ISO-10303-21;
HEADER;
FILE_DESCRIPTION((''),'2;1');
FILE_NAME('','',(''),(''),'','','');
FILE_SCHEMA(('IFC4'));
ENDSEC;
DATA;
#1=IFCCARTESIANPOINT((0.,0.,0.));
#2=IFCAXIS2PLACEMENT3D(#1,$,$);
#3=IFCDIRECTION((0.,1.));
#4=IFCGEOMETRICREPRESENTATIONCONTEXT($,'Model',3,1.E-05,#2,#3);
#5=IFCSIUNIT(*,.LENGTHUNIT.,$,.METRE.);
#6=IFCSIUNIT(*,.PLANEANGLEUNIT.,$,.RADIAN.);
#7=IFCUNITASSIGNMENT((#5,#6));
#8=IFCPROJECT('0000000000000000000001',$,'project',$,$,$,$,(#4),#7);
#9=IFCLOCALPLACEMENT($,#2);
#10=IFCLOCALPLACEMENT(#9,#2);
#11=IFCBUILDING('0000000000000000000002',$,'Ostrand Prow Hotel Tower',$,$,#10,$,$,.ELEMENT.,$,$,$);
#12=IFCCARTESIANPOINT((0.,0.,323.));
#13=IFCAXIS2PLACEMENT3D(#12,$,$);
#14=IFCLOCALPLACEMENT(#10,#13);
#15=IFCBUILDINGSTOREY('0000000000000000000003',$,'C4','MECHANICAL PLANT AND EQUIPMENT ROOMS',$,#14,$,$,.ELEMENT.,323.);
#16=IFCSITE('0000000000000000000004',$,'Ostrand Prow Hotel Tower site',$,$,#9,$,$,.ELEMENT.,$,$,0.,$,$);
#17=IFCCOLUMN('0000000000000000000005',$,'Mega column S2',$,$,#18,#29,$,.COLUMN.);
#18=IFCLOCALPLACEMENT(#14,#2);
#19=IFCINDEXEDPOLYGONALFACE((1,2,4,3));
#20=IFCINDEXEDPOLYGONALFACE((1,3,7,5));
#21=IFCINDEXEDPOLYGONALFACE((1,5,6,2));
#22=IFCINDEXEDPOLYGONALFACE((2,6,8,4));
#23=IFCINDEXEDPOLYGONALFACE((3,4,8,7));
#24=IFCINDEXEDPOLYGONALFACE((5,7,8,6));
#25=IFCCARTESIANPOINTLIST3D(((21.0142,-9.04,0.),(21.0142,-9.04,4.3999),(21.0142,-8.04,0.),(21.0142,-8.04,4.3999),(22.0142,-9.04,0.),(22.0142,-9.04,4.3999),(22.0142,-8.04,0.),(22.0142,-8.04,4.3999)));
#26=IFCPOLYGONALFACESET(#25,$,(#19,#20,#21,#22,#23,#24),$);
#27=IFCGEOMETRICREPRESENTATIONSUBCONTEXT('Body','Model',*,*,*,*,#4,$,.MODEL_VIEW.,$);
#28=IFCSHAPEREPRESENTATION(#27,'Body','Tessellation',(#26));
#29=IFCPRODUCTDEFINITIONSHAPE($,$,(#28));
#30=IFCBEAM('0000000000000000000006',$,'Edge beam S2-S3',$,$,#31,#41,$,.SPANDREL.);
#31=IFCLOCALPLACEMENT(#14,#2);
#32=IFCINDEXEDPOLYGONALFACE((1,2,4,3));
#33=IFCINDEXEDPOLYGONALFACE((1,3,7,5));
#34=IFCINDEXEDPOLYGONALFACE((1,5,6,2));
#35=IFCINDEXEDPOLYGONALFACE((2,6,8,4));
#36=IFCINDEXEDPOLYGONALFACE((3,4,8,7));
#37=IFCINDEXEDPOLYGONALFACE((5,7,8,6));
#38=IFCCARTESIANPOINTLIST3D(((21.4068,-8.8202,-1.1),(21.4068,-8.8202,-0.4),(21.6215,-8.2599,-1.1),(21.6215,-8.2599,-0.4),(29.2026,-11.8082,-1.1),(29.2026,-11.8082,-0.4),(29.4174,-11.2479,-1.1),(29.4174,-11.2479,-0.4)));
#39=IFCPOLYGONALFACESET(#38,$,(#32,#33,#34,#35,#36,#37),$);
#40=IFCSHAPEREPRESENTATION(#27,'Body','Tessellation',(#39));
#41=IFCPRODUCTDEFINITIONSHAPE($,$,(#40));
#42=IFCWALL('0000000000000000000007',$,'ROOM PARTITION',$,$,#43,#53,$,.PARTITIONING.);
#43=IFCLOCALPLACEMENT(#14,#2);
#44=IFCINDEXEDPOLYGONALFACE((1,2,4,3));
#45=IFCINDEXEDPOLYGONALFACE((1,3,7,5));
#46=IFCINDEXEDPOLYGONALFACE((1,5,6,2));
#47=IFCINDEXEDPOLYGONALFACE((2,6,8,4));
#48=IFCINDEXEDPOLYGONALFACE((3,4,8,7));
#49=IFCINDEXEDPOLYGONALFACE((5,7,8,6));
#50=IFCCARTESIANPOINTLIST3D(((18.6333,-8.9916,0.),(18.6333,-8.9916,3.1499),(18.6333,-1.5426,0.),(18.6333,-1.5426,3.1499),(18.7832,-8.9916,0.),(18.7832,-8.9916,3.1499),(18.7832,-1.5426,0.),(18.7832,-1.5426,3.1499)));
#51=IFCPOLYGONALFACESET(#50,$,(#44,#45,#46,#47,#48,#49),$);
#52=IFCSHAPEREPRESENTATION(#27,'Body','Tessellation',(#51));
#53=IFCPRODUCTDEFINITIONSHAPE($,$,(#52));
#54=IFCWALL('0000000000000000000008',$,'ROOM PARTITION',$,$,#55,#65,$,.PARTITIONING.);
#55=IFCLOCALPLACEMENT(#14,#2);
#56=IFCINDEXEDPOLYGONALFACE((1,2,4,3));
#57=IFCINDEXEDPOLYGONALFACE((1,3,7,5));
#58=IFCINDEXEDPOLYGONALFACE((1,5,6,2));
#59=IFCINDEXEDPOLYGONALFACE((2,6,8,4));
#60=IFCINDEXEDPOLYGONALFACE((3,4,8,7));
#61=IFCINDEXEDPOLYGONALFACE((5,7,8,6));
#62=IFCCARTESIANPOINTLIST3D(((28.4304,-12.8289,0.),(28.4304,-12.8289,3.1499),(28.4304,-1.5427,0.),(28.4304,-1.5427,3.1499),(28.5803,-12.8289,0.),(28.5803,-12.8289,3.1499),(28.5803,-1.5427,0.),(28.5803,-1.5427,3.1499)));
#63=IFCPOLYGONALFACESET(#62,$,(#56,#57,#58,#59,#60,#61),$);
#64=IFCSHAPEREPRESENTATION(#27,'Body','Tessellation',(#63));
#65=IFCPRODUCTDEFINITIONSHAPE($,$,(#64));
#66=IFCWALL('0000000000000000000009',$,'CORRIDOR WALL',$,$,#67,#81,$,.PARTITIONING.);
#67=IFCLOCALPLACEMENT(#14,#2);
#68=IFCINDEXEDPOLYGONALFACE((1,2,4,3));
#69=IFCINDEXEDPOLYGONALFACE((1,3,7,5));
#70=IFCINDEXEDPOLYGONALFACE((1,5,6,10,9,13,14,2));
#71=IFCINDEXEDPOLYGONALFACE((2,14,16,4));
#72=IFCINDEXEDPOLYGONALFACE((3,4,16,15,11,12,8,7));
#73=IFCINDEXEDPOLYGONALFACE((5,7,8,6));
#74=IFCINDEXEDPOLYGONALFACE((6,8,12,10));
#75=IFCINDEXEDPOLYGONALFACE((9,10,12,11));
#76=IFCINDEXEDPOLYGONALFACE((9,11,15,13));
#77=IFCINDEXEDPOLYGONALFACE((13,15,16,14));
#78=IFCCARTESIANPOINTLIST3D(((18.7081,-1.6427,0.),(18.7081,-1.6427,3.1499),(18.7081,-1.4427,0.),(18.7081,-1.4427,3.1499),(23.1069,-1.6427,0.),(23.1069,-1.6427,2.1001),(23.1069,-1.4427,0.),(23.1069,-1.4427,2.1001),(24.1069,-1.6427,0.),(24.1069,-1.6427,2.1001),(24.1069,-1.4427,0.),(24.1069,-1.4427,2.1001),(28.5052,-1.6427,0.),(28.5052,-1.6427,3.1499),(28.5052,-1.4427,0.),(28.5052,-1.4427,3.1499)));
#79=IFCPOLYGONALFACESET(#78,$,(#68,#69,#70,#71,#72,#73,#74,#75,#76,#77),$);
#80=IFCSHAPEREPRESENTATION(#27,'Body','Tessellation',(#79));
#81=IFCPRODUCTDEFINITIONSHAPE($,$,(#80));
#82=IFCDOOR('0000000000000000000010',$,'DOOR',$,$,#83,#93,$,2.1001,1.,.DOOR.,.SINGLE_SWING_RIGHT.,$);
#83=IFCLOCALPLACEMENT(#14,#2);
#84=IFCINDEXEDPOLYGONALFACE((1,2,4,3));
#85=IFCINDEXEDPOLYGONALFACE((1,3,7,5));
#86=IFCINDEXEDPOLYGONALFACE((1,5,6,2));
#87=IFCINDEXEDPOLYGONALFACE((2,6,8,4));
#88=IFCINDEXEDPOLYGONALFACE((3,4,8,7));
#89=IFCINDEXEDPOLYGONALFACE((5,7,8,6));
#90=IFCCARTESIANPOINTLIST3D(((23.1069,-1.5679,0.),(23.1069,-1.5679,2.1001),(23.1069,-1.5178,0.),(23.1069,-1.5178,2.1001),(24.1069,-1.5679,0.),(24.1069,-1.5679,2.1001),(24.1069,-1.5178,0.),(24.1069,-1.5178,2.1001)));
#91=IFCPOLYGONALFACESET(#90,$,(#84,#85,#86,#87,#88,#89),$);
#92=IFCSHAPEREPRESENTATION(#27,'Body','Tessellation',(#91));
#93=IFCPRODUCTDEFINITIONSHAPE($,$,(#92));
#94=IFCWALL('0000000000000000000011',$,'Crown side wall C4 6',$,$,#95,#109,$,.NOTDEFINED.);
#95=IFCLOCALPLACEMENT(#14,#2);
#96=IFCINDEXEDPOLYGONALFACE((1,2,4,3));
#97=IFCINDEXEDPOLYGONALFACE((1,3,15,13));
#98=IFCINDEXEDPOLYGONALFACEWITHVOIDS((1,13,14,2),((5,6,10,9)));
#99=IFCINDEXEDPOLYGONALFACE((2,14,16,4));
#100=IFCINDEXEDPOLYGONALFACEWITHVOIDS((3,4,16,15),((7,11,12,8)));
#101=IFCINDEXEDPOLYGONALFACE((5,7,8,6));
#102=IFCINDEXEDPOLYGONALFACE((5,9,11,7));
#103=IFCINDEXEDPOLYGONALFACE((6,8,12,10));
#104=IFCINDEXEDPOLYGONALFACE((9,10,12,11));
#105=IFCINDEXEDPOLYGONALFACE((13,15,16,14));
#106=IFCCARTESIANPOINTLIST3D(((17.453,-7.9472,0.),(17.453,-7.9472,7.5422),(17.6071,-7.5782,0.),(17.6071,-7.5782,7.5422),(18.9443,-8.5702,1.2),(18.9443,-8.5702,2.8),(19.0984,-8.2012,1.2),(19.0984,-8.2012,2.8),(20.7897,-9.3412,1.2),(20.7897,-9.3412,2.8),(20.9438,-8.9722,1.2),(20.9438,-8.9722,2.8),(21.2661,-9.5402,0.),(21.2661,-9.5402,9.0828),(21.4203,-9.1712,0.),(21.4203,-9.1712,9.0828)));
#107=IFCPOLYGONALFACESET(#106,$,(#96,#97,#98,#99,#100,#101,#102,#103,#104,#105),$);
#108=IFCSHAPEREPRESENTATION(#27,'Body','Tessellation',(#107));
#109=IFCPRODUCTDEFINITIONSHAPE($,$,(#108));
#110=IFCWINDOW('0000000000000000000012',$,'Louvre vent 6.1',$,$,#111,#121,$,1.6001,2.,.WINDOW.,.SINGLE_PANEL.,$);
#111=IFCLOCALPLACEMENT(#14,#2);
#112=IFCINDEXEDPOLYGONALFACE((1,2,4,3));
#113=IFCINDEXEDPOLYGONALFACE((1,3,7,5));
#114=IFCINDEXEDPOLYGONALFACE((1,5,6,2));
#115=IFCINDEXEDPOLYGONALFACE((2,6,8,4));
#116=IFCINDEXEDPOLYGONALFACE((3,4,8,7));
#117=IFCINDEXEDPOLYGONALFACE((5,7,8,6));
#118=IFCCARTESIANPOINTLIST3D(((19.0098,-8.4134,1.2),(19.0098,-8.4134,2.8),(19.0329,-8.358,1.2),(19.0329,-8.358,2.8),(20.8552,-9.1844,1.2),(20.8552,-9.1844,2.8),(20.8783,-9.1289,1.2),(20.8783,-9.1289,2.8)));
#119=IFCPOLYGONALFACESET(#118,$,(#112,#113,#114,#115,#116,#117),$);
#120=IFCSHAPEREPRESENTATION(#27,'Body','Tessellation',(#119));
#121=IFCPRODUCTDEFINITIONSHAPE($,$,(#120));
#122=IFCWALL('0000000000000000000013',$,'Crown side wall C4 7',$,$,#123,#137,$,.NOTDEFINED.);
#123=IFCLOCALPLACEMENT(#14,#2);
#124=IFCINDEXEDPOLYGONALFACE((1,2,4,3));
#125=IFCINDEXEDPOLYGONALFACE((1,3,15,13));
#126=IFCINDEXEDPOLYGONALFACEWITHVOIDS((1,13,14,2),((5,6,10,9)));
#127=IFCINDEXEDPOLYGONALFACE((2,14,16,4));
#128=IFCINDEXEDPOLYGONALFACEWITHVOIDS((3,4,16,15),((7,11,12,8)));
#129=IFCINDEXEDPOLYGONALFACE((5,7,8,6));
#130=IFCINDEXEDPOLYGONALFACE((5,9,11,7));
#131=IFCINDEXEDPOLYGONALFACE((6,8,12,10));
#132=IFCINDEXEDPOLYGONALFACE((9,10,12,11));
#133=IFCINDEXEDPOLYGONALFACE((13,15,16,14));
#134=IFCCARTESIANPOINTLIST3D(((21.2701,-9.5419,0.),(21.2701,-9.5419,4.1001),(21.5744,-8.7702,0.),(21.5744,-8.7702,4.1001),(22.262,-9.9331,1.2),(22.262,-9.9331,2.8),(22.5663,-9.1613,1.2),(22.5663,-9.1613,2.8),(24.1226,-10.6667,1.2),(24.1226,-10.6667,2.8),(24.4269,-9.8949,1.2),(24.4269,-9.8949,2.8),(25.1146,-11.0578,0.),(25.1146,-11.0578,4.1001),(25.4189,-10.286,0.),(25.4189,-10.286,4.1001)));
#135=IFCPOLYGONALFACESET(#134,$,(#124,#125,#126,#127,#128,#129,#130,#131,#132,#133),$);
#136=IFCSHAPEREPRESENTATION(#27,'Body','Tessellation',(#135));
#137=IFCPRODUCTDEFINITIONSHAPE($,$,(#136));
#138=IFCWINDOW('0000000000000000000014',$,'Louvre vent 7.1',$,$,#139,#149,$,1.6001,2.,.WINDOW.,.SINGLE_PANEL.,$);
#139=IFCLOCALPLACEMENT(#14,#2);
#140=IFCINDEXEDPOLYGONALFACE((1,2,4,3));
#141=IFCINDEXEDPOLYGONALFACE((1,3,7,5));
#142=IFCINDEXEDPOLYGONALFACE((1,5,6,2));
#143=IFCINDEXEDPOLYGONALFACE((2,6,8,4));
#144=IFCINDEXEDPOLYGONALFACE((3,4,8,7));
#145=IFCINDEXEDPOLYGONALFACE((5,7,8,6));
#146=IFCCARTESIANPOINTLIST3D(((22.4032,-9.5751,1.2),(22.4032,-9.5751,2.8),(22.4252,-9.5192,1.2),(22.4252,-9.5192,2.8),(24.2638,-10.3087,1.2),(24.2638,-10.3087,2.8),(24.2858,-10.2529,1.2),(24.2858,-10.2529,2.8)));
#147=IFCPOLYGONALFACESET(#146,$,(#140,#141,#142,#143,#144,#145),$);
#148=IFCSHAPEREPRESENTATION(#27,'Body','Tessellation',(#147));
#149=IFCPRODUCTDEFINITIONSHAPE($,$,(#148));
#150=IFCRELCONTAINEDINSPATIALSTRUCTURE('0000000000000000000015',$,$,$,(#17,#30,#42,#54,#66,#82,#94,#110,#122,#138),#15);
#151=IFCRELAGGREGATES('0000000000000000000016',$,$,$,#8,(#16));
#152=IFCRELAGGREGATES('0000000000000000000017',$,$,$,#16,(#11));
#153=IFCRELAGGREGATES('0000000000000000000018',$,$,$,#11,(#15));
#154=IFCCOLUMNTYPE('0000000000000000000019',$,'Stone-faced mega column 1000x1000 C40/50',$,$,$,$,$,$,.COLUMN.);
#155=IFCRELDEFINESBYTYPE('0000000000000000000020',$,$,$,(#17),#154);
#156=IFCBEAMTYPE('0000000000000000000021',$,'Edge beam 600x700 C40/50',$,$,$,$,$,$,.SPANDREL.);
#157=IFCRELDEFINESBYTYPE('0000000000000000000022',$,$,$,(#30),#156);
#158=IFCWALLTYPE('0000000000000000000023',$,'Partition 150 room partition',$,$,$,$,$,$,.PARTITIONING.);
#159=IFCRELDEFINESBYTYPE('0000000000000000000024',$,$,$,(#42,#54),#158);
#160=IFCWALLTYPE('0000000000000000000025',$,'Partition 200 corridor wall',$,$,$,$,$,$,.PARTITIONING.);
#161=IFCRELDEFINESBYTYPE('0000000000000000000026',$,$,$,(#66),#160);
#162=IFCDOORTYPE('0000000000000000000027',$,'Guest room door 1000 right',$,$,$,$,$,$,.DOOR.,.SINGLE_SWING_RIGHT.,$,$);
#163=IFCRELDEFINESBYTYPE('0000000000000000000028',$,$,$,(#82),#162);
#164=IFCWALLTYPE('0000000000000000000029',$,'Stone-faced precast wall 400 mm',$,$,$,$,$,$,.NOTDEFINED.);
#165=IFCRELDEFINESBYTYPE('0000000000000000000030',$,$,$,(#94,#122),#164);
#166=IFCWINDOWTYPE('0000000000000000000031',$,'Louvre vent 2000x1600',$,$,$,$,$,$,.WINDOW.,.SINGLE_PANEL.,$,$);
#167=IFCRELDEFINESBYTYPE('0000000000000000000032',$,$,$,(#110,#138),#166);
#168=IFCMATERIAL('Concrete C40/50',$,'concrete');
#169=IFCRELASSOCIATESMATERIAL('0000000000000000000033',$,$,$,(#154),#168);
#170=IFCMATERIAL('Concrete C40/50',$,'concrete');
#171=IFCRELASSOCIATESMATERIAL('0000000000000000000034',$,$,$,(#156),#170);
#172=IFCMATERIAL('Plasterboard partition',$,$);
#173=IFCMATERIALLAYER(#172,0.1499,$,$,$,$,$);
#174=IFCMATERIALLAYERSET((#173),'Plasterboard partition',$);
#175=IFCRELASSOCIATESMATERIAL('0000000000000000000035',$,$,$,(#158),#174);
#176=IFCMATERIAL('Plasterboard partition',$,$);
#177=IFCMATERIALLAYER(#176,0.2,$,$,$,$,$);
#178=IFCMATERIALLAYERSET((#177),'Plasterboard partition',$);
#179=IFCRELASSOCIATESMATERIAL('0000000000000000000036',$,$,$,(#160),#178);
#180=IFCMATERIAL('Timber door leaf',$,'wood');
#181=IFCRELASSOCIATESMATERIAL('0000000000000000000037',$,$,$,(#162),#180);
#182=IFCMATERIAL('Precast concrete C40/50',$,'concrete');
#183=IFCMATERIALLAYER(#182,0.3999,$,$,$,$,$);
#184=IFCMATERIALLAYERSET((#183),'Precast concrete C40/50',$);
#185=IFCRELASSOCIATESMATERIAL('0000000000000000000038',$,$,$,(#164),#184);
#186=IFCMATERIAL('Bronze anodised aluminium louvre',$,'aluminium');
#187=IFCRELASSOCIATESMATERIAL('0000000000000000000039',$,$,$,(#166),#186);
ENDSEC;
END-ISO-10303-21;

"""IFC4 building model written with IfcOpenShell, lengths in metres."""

from ifc_helpers import new_model, si_unit, direction, frame, frame_2d, origin, origin_2d, place, context, subcontext, project, spatial, polyline, rectangle, outline, extrude, material, layer, layer_set, material_profile, profile_set, type_object, element, fill, save


model = new_model("IFC4")

# Units and contexts
model_context = context("Model", 3, precision=1e-05, world=origin(), true_north=direction((0.0, 1.0)))
body_context = subcontext(model_context, "Body", "Model", "MODEL_VIEW")
ifc_project = project(units=[si_unit("LENGTHUNIT", "METRE"), si_unit("PLANEANGLEUNIT", "RADIAN")], contexts=[model_context])

# Site, building, storey
site_placement = place(None, origin())
site = spatial("IfcSite", under=ifc_project, at=site_placement, Name="Ostrand Prow Hotel Tower site", CompositionType="ELEMENT", RefElevation=0.0)
building_placement = place(site_placement, origin())
building = spatial("IfcBuilding", under=site, at=building_placement, Name="Ostrand Prow Hotel Tower", CompositionType="ELEMENT")
storey_placement = place(building_placement, frame((0.0, 0.0, 323.0)))
storey = spatial("IfcBuildingStorey", under=building, at=storey_placement, Name="C4", Description="MECHANICAL PLANT AND EQUIPMENT ROOMS", CompositionType="ELEMENT", Elevation=323.0)

# Column
ifc_material_1 = material(Name="Concrete C40/50", Category="concrete")
ifc_material_profile_1 = material_profile(ifc_material_1, rectangle(XDim=1.0, YDim=1.0, at=origin_2d()), Name="RC 1000x1000")
ifc_profile_set_1 = profile_set([ifc_material_profile_1], Name="Concrete C40/50")
column_type = type_object("IfcColumnType", Name="Stone-faced mega column 1000x1000 C40/50", PredefinedType="COLUMN", material=ifc_profile_set_1)
column_placement = place(storey_placement, frame((21.5142, -8.54, 0.0), z_axis=(0.0, 0.0, 1.0), x_axis=(1.0, 0.0, 0.0)))
element("IfcColumn", 1, at=column_placement, inside=storey, type_object=column_type, Name="Mega column S2", PredefinedType="COLUMN", context=body_context, shape_type="SweptSolid", body=[
    extrude(rectangle(XDim=1.0, YDim=1.0, at=origin_2d()), origin(), (0.0, 0.0, 1.0), 4.3999),
])

# Beam
ifc_material_2 = material(Name="Concrete C40/50", Category="concrete")
ifc_material_profile_2 = material_profile(ifc_material_2, rectangle(XDim=0.6001, YDim=0.7, at=origin_2d()), Name="RC 600x700")
ifc_profile_set_2 = profile_set([ifc_material_profile_2], Name="Concrete C40/50")
beam_type = type_object("IfcBeamType", Name="Edge beam 600x700 C40/50", PredefinedType="SPANDREL", material=ifc_profile_set_2)
beam_placement = place(storey_placement, frame((21.5142, -8.54, -0.75), z_axis=(0.933762, -0.357895, 0.0), x_axis=(0.357895, 0.933762, 0.0)))
element("IfcBeam", 2, at=beam_placement, inside=storey, type_object=beam_type, Name="Edge beam S2-S3", PredefinedType="SPANDREL", context=body_context, shape_type="SweptSolid", body=[
    extrude(rectangle(XDim=0.6001, YDim=0.7, at=origin_2d()), origin(), (0.0, 0.0, 1.0), 8.3489),
])

# Walls
ifc_material_3 = material(Name="Plasterboard partition")
ifc_layer_1 = layer(ifc_material_3, 0.1499)
ifc_layer_set_1 = layer_set([ifc_layer_1], Name="Plasterboard partition")
wall_type_1 = type_object("IfcWallType", Name="Partition 150 room partition", PredefinedType="PARTITIONING", material=ifc_layer_set_1)
wall_1_placement = place(storey_placement, frame((18.7083, -8.9917, 0.0), z_axis=(0.0, 0.0, 1.0), x_axis=(0.0, 1.0, 0.0)))
element("IfcWall", 3, at=wall_1_placement, inside=storey, type_object=wall_type_1, Name="ROOM PARTITION", PredefinedType="PARTITIONING", context=body_context, shape_type="SweptSolid", body=[
    extrude(rectangle(XDim=7.449, YDim=0.1499, at=frame_2d((3.7246, 0.0))), origin(), (0.0, 0.0, 1.0), 3.1499),
])
wall_2_placement = place(storey_placement, frame((28.5054, -12.8289, 0.0), z_axis=(0.0, 0.0, 1.0), x_axis=(0.0, 1.0, 0.0)))
element("IfcWall", 4, at=wall_2_placement, inside=storey, type_object=wall_type_1, Name="ROOM PARTITION", PredefinedType="PARTITIONING", context=body_context, shape_type="SweptSolid", body=[
    extrude(rectangle(XDim=11.2861, YDim=0.1499, at=frame_2d((5.6431, 0.0))), origin(), (0.0, 0.0, 1.0), 3.1499),
])

# Wall, opening, door
ifc_material_4 = material(Name="Plasterboard partition")
ifc_layer_2 = layer(ifc_material_4, 0.2)
ifc_layer_set_2 = layer_set([ifc_layer_2], Name="Plasterboard partition")
wall_type_2 = type_object("IfcWallType", Name="Partition 200 corridor wall", PredefinedType="PARTITIONING", material=ifc_layer_set_2)
wall_3_placement = place(storey_placement, frame((18.7083, -1.5427, 0.0), z_axis=(0.0, 0.0, 1.0), x_axis=(1.0, 0.0, 0.0)))
wall_3 = element("IfcWall", 5, at=wall_3_placement, inside=storey, type_object=wall_type_2, Name="CORRIDOR WALL", PredefinedType="PARTITIONING", context=body_context, shape_type="SweptSolid", body=[
    extrude(rectangle(XDim=9.7971, YDim=0.2, at=frame_2d((4.8984, 0.0))), origin(), (0.0, 0.0, 1.0), 3.1499),
])
opening_1_placement = place(wall_3_placement, frame((4.3987, 0.0, 0.0)))
opening_1 = element("IfcOpeningElement", 6, at=opening_1_placement, cuts=wall_3, PredefinedType="OPENING", context=body_context, shape_type="SweptSolid", body=[
    extrude(rectangle(XDim=1.0, YDim=2.1001, at=frame_2d((0.5, 1.05))), frame((0.0, 0.1099, 0.0), z_axis=(0.0, -1.0, 0.0), x_axis=(1.0, 0.0, 0.0)), (0.0, 0.0, 1.0), 0.22),
])
ifc_material_5 = material(Name="Timber door leaf", Category="wood")
door_type = type_object("IfcDoorType", Name="Guest room door 1000 right", OperationType="SINGLE_SWING_RIGHT", PredefinedType="DOOR", material=ifc_material_5)
door_placement = place(opening_1_placement, origin())
door = element("IfcDoor", 7, at=door_placement, inside=storey, type_object=door_type, Name="DOOR", OperationType="SINGLE_SWING_RIGHT", OverallHeight=2.1001, OverallWidth=1.0, PredefinedType="DOOR", context=body_context, shape_type="SweptSolid", body=[
    extrude(rectangle(XDim=1.0, YDim=2.1001, at=frame_2d((0.5, 1.05))), frame((0.0, 0.0249, 0.0), z_axis=(0.0, -1.0, 0.0), x_axis=(1.0, 0.0, 0.0)), (0.0, 0.0, 1.0), 0.05),
])
fill(opening_1, door)

# Walls, openings, windows
ifc_material_6 = material(Name="Precast concrete C40/50", Category="concrete")
ifc_layer_3 = layer(ifc_material_6, 0.3999)
ifc_layer_set_3 = layer_set([ifc_layer_3], Name="Precast concrete C40/50")
wall_type_3 = type_object("IfcWallType", Name="Stone-faced precast wall 400 mm", PredefinedType="NOTDEFINED", material=ifc_layer_set_3)
wall_4_placement = place(storey_placement, frame((17.53, -7.7627, 0.0), z_axis=(0.0, 0.0, 1.0), x_axis=(0.922718, -0.385475, 0.0)))
wall_4 = element("IfcWall", 8, at=wall_4_placement, inside=storey, type_object=wall_type_3, Name="Crown side wall C4 6", PredefinedType="NOTDEFINED", context=body_context, shape_type="SweptSolid", body=[
    extrude(outline(polyline([(0.0, 0.0), (4.1326, 0.0), (4.1326, 9.0828), (0.0, 7.5422), (0.0, 0.0)])), frame((0.0, 0.2, 0.0), z_axis=(0.0, -1.0, 0.0), x_axis=(1.0, 0.0, 0.0)), (0.0, 0.0, 1.0), 0.3999),
])
opening_2_placement = place(wall_4_placement, frame((1.6162, 0.0, 1.2)))
opening_2 = element("IfcOpeningElement", 9, at=opening_2_placement, cuts=wall_4, PredefinedType="OPENING", context=body_context, shape_type="SweptSolid", body=[
    extrude(rectangle(XDim=2.0, YDim=1.6001, at=frame_2d((1.0, 0.8))), frame((0.0, 0.21, 0.0), z_axis=(0.0, -1.0, 0.0), x_axis=(1.0, 0.0, 0.0)), (0.0, 0.0, 1.0), 0.4199),
])
ifc_material_7 = material(Name="Bronze anodised aluminium louvre", Category="aluminium")
window_type = type_object("IfcWindowType", Name="Louvre vent 2000x1600", PartitioningType="SINGLE_PANEL", PredefinedType="WINDOW", material=ifc_material_7)
window_1_placement = place(opening_2_placement, origin())
window_1 = element("IfcWindow", 10, at=window_1_placement, inside=storey, type_object=window_type, Name="Louvre vent 6.1", OverallHeight=1.6001, OverallWidth=2.0, PartitioningType="SINGLE_PANEL", PredefinedType="WINDOW", context=body_context, shape_type="SweptSolid", body=[
    extrude(rectangle(XDim=2.0, YDim=1.6001, at=frame_2d((1.0, 0.8))), frame((0.0, 0.03, 0.0), z_axis=(0.0, -1.0, 0.0), x_axis=(1.0, 0.0, 0.0)), (0.0, 0.0, 1.0), 0.0601),
])
fill(opening_2, window_1)
wall_5_placement = place(storey_placement, frame((21.4221, -9.156, 0.0), z_axis=(0.0, 0.0, 1.0), x_axis=(0.930295, -0.366813, 0.0)))
wall_5 = element("IfcWall", 11, at=wall_5_placement, inside=storey, type_object=wall_type_3, Name="Crown side wall C4 7", PredefinedType="NOTDEFINED", context=body_context, shape_type="SweptSolid", body=[
    extrude(rectangle(XDim=4.1326, YDim=0.8296, at=frame_2d((2.0664, 0.0))), origin(), (0.0, 0.0, 1.0), 4.1001),
])
opening_3_placement = place(wall_5_placement, frame((1.0664, 0.0, 1.2)))
opening_3 = element("IfcOpeningElement", 12, at=opening_3_placement, cuts=wall_5, PredefinedType="OPENING", context=body_context, shape_type="SweptSolid", body=[
    extrude(rectangle(XDim=2.0, YDim=1.6001, at=frame_2d((1.0, 0.8))), frame((0.0, 0.4248, 0.0), z_axis=(0.0, -1.0, 0.0), x_axis=(1.0, 0.0, 0.0)), (0.0, 0.0, 1.0), 0.8496),
])
window_2_placement = place(opening_3_placement, origin())
window_2 = element("IfcWindow", 13, at=window_2_placement, inside=storey, type_object=window_type, Name="Louvre vent 7.1", OverallHeight=1.6001, OverallWidth=2.0, PartitioningType="SINGLE_PANEL", PredefinedType="WINDOW", context=body_context, shape_type="SweptSolid", body=[
    extrude(rectangle(XDim=2.0, YDim=1.6001, at=frame_2d((1.0, 0.8))), frame((0.0, 0.03, 0.0), z_axis=(0.0, -1.0, 0.0), x_axis=(1.0, 0.0, 0.0)), (0.0, 0.0, 1.0), 0.0601),
])
fill(opening_3, window_2)

save(model, "model.ifc")
